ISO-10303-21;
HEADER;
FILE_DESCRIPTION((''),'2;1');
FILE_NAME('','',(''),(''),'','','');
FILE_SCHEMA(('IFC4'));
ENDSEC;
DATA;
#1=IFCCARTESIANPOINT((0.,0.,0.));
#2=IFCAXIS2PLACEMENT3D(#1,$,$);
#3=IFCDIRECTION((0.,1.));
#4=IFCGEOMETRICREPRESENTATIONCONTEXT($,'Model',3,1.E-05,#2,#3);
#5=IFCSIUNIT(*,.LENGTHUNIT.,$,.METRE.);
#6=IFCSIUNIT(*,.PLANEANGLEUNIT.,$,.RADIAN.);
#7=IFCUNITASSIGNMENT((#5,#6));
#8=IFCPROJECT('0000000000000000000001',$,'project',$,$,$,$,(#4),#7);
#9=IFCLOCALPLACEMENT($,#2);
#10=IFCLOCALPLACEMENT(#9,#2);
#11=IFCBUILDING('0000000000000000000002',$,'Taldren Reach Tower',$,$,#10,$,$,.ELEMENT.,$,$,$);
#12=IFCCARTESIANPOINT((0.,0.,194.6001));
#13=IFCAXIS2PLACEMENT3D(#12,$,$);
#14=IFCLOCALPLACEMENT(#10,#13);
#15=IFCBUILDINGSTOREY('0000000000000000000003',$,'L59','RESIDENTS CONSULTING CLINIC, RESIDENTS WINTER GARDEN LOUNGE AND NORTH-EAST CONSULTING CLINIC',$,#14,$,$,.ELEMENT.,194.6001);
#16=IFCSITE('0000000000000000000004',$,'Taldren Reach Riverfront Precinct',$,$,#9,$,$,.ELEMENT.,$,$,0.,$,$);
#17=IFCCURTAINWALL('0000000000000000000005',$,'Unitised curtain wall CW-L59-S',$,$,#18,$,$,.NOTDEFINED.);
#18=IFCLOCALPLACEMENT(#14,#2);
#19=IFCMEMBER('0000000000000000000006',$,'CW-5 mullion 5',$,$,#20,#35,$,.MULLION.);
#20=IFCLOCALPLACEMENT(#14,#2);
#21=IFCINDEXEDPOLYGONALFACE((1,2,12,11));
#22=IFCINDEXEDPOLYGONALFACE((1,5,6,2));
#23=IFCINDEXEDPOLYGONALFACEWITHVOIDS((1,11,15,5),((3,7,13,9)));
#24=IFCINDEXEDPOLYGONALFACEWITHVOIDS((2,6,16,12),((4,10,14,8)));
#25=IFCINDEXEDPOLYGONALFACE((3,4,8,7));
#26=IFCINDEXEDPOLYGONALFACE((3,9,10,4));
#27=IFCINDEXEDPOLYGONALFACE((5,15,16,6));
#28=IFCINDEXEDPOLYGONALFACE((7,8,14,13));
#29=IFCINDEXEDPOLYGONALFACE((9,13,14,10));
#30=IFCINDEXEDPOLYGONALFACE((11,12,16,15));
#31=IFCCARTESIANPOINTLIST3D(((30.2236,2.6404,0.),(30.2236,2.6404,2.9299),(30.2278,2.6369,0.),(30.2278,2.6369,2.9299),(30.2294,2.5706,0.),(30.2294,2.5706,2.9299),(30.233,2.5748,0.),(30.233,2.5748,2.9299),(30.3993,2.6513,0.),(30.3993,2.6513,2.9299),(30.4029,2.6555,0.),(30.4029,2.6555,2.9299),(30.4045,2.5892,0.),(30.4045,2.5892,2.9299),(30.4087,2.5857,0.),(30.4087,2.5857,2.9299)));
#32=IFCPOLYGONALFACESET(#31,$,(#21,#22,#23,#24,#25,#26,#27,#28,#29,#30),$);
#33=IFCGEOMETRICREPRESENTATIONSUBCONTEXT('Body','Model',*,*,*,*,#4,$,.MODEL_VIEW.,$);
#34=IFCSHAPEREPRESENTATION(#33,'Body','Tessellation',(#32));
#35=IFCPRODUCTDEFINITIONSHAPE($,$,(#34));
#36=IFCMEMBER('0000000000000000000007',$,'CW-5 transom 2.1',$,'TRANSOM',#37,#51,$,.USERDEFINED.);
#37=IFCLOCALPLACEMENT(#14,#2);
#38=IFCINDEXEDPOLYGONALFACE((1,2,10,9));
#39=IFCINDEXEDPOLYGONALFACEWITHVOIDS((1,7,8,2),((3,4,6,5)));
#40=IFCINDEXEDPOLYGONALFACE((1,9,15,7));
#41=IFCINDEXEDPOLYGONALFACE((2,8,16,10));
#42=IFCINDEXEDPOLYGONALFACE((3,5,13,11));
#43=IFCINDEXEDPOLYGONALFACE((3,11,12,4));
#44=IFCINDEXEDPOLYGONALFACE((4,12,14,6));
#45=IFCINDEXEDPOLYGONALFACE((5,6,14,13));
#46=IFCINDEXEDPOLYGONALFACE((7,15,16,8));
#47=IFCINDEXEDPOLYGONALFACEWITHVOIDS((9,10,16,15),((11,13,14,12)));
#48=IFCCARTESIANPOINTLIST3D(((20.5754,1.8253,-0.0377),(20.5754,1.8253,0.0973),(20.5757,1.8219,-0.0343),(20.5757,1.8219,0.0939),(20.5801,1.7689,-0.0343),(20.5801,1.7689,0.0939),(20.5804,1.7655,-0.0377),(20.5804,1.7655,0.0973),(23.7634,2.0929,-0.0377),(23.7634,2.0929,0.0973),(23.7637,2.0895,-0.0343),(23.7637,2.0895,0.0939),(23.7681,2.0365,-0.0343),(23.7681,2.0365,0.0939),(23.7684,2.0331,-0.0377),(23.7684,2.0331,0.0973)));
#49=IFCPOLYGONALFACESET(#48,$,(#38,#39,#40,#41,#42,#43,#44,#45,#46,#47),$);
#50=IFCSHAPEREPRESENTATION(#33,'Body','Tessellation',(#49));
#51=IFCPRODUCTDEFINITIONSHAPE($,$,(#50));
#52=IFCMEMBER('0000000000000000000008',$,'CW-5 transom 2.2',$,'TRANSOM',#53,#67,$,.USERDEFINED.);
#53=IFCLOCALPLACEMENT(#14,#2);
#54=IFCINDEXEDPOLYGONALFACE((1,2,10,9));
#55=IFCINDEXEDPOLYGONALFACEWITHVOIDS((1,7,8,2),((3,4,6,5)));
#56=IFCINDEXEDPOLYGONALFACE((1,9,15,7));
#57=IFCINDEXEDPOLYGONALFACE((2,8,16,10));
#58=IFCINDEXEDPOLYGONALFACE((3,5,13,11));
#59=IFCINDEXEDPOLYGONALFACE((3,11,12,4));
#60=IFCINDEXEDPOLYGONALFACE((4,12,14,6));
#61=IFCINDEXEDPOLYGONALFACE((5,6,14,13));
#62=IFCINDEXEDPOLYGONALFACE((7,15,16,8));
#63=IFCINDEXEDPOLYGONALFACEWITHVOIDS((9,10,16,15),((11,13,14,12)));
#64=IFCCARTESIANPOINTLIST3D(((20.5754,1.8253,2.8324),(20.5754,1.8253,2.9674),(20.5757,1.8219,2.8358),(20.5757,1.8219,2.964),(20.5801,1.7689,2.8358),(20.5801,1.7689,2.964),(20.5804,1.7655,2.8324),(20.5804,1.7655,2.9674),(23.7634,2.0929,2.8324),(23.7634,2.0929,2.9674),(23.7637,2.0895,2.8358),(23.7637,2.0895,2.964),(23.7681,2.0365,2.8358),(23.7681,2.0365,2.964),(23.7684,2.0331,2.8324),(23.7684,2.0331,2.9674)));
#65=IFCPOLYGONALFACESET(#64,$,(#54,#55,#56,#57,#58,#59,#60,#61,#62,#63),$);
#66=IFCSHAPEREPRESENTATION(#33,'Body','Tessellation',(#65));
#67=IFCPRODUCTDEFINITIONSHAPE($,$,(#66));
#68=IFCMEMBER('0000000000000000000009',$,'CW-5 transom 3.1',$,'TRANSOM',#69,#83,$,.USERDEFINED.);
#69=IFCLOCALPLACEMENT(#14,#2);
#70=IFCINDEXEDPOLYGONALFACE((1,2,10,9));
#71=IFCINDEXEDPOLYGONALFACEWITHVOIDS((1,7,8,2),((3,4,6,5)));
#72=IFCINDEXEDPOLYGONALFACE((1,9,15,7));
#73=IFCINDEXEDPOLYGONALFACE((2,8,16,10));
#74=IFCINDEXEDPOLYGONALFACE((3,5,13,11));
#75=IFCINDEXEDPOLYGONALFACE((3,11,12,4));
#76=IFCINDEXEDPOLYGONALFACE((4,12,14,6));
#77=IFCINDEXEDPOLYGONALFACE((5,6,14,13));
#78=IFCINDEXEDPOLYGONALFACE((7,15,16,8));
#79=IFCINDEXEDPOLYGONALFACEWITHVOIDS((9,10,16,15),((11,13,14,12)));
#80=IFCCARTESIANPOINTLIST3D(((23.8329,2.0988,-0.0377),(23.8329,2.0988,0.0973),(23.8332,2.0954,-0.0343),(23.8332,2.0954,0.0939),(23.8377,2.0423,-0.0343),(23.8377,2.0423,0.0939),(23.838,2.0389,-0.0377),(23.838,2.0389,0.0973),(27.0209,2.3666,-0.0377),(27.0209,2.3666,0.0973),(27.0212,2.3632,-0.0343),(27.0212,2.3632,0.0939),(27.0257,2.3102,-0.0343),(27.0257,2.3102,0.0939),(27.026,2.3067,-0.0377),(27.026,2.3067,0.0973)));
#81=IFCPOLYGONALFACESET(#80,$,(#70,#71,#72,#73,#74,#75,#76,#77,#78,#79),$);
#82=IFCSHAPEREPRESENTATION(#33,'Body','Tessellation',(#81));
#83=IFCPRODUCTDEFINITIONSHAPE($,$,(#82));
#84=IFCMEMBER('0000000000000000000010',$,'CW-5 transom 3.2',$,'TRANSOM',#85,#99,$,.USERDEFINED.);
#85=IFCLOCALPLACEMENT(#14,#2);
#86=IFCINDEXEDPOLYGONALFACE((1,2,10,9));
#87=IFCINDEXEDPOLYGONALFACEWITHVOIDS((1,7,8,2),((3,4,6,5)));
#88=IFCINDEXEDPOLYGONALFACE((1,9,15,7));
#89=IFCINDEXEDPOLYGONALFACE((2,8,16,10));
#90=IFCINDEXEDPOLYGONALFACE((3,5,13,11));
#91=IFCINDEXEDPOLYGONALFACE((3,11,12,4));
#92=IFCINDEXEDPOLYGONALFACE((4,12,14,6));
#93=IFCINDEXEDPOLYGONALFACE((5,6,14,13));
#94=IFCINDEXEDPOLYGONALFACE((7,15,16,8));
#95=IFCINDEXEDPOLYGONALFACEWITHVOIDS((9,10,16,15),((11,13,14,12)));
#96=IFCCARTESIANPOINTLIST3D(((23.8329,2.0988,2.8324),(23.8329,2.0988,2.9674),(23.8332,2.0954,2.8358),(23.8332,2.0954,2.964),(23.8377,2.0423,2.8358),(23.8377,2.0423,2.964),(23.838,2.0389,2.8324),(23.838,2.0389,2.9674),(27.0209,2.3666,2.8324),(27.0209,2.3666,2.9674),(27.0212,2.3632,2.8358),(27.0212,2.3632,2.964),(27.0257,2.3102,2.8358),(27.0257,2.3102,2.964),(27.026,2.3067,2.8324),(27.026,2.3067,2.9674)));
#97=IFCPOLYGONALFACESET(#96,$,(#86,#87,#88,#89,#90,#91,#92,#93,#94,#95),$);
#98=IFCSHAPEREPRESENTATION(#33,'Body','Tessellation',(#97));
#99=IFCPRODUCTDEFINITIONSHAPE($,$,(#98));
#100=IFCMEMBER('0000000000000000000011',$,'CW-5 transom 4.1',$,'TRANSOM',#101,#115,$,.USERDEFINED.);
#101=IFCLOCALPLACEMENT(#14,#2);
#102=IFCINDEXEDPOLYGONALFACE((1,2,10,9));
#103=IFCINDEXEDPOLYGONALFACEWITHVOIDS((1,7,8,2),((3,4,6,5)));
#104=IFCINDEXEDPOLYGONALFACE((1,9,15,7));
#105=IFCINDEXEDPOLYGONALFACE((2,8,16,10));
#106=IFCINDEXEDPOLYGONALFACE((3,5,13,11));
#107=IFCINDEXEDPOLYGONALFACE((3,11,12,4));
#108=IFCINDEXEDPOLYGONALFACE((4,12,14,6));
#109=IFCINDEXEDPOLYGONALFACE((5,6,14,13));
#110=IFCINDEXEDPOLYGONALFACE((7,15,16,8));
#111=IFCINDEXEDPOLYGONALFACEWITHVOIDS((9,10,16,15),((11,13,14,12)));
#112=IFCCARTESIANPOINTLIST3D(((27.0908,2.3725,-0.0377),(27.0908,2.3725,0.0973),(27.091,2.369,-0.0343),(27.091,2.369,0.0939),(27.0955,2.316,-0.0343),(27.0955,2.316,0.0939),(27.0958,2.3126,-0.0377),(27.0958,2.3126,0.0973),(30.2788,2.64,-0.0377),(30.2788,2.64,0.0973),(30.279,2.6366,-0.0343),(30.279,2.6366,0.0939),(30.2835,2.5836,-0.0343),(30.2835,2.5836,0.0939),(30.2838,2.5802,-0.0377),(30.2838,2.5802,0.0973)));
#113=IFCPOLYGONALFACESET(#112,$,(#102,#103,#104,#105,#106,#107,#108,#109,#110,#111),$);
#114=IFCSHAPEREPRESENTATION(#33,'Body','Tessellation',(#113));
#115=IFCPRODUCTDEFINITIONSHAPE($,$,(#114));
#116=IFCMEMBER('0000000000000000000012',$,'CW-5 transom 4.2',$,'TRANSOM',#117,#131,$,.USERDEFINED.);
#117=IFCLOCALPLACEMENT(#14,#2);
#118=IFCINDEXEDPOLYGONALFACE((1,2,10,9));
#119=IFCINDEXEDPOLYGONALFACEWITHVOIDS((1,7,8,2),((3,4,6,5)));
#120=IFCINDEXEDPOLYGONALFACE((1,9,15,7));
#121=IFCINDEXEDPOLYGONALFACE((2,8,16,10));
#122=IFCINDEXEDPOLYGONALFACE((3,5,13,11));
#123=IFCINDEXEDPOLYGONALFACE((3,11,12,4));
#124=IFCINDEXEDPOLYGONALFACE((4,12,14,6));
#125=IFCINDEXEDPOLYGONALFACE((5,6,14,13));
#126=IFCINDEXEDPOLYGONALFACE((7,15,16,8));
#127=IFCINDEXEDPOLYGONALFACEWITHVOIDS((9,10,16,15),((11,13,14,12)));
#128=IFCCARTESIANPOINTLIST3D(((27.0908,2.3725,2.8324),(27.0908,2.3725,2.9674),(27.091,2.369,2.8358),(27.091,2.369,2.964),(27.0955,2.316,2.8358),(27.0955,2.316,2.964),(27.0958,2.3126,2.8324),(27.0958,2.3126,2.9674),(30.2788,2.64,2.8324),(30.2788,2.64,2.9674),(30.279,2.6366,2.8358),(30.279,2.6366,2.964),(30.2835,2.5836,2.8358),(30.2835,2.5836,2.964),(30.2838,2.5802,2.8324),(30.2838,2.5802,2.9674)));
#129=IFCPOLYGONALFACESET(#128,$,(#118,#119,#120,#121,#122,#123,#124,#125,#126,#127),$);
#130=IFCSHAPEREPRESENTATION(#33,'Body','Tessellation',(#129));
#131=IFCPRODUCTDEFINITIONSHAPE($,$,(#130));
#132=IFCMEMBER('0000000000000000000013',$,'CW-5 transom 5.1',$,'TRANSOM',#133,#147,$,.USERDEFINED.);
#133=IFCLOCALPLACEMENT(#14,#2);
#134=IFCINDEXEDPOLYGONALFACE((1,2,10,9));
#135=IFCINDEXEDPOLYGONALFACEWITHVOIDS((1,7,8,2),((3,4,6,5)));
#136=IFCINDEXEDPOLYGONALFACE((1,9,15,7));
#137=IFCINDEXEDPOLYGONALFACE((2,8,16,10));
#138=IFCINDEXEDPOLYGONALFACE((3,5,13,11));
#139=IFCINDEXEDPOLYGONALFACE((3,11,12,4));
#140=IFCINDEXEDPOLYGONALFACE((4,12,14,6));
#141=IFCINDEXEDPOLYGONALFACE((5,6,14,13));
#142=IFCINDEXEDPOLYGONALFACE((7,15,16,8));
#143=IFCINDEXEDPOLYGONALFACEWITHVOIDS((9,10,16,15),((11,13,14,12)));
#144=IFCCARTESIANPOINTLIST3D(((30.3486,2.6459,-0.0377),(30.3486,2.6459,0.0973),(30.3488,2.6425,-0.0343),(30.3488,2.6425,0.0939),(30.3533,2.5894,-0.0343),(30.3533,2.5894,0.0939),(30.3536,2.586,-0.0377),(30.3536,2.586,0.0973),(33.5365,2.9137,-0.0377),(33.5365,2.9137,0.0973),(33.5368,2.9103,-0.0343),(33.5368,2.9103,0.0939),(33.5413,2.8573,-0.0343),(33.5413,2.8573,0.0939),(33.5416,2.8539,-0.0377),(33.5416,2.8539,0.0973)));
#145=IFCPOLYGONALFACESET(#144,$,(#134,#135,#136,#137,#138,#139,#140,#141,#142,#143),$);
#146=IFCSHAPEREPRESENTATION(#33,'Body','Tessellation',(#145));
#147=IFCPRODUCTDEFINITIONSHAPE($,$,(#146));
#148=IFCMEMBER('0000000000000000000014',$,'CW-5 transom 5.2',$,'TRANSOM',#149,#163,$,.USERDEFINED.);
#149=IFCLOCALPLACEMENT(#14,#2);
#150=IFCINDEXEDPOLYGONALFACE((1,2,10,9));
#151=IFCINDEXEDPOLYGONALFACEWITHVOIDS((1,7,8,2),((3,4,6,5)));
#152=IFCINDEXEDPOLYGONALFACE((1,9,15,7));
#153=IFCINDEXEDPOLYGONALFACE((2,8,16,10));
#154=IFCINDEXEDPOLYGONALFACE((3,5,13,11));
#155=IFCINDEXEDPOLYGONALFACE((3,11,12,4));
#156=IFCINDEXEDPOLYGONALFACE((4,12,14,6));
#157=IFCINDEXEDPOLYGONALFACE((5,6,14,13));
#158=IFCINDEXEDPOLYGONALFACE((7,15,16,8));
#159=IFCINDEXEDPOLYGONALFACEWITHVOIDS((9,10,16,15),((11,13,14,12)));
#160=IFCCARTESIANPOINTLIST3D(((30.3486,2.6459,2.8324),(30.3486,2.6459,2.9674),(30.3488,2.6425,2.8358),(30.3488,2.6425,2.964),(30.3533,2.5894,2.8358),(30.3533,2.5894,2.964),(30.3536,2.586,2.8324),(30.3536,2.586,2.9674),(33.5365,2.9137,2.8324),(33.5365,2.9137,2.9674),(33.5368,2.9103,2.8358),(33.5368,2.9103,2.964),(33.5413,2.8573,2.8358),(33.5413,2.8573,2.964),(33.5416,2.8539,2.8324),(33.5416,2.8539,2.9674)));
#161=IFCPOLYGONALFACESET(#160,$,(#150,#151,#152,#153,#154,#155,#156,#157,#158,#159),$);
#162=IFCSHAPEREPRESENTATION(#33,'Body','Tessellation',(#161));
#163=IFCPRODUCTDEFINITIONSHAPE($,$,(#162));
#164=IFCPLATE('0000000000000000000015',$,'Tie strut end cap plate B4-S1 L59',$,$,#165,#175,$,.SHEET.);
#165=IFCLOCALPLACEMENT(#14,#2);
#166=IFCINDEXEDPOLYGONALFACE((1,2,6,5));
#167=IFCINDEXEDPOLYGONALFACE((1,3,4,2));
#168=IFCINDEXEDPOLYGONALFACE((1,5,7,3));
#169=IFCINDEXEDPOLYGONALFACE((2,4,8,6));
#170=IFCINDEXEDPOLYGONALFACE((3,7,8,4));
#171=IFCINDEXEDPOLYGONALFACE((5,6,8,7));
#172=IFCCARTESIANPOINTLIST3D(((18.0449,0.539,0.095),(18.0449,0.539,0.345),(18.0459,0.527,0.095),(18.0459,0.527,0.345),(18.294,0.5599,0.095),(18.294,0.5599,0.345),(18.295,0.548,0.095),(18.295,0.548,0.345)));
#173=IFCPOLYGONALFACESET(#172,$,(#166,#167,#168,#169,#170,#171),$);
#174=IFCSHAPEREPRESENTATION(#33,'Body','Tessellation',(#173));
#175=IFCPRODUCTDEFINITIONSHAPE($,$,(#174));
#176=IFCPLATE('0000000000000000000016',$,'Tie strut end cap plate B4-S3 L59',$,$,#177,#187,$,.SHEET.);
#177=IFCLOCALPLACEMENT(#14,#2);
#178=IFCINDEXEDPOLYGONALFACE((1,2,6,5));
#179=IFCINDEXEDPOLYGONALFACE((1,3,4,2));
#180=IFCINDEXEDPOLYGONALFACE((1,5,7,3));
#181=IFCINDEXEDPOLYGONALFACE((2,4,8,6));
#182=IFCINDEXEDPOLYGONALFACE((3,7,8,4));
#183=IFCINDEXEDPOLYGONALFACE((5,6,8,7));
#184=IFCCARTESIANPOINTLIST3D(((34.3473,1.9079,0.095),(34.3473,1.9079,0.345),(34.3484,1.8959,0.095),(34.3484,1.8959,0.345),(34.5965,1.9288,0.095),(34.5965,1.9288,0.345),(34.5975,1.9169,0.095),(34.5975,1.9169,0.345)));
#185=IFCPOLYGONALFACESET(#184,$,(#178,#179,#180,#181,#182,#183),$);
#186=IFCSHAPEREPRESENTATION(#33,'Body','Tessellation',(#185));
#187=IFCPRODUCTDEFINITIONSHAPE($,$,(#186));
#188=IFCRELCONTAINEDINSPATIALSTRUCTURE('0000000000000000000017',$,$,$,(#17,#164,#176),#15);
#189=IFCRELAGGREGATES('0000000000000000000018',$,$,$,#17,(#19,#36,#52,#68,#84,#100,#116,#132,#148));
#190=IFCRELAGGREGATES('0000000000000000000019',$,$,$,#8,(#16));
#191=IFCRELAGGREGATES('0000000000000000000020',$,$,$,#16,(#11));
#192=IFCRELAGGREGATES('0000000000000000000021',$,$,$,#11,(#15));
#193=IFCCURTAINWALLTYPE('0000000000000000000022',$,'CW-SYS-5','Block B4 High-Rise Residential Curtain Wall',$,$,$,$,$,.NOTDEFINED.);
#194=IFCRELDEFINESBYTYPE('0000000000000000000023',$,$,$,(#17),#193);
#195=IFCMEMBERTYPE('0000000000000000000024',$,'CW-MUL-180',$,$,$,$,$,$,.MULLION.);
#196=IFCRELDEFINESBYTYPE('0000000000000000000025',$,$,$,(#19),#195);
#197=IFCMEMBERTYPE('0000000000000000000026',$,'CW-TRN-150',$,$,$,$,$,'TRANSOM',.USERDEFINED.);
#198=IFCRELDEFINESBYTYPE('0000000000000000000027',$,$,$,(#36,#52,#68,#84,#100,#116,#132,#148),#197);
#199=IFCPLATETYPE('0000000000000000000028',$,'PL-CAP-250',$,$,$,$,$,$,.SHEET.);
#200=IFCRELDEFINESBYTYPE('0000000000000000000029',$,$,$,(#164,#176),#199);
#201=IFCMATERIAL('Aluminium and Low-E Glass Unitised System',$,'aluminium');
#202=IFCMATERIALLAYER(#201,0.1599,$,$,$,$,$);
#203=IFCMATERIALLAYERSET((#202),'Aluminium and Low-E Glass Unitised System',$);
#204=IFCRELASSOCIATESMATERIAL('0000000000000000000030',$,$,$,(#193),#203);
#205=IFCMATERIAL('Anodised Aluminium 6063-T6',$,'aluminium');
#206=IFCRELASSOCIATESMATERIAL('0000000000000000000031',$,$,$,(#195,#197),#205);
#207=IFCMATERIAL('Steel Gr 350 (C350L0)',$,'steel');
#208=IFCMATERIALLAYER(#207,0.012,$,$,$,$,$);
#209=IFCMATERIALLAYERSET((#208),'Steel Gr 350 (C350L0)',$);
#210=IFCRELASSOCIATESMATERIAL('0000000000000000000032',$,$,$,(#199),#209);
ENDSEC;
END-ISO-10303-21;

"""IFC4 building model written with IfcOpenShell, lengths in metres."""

from ifc_helpers import new_model, si_unit, direction, frame, origin, origin_2d, place, context, subcontext, project, spatial, rectangle, hollow_rectangle, extrude, source, transform, mapped, material, layer, layer_set, material_profile, profile_set, type_object, element, aggregate, save


model = new_model("IFC4")

# Units and contexts
model_context = context("Model", 3, precision=1e-05, world=origin(), true_north=direction((0.0, 1.0)))
body_context = subcontext(model_context, "Body", "Model", "MODEL_VIEW")
ifc_project = project(units=[si_unit("LENGTHUNIT", "METRE"), si_unit("PLANEANGLEUNIT", "RADIAN")], contexts=[model_context])

# Site, building, storey
site_placement = place(None, origin())
site = spatial("IfcSite", under=ifc_project, at=site_placement, Name="Taldren Reach Riverfront Precinct", CompositionType="ELEMENT", RefElevation=0.0)
building_placement = place(site_placement, origin())
building = spatial("IfcBuilding", under=site, at=building_placement, Name="Taldren Reach Tower", CompositionType="ELEMENT")
storey_placement = place(building_placement, frame((0.0, 0.0, 194.6001)))
storey = spatial("IfcBuildingStorey", under=building, at=storey_placement, Name="L59", Description="RESIDENTS CONSULTING CLINIC, RESIDENTS WINTER GARDEN LOUNGE AND NORTH-EAST CONSULTING CLINIC", CompositionType="ELEMENT", Elevation=194.6001)

# Shared definitions
ifc_material_1 = material(Name="Steel Gr 350 (C350L0)", Category="steel")

# Curtain wall, members
ifc_material_2 = material(Name="Aluminium and Low-E Glass Unitised System", Category="aluminium")
ifc_layer_1 = layer(ifc_material_2, 0.1599)
ifc_layer_set_1 = layer_set([ifc_layer_1], Name="Aluminium and Low-E Glass Unitised System")
curtain_wall_type = type_object("IfcCurtainWallType", Name="CW-SYS-5", Description="Block B4 High-Rise Residential Curtain Wall", PredefinedType="NOTDEFINED", material=ifc_layer_set_1)
curtain_wall_placement = place(storey_placement, origin())
curtain_wall = element("IfcCurtainWall", 1, at=curtain_wall_placement, inside=storey, type_object=curtain_wall_type, Name="Unitised curtain wall CW-L59-S", PredefinedType="NOTDEFINED")
ifc_material_3 = material(Name="Anodised Aluminium 6063-T6", Category="aluminium")
ifc_material_profile_1 = material_profile(ifc_material_3, hollow_rectangle(XDim=0.0701, YDim=0.1799, WallThickness=0.0039, at=origin_2d()), Name="ALU-180x70x4RHS")
ifc_profile_set_1 = profile_set([ifc_material_profile_1], Name="Anodised Aluminium 6063-T6")
member_type_1 = type_object("IfcMemberType", Name="CW-MUL-180", PredefinedType="MULLION", material=ifc_profile_set_1)
shared_shape_1 = source(origin(), body_context, "Body", "SweptSolid", [
    extrude(hollow_rectangle(XDim=0.0701, YDim=0.1799, WallThickness=0.0039, at=origin_2d()), origin(), (0.0, 0.0, 1.0), 2.9299),
])
member_1_placement = place(storey_placement, frame((30.3162, 2.613, 0.0), z_axis=(0.0, 0.0, 1.0), x_axis=(-0.083678, 0.996493, 0.0)))
member_1 = element("IfcMember", 2, at=member_1_placement, type_object=member_type_1, Name="CW-5 mullion 5", PredefinedType="MULLION", context=body_context, shape_type="MappedRepresentation", body=[
    mapped(shared_shape_1, transform((0.0, 0.0, 0.0), scale=1.0)),
])
ifc_material_profile_2 = material_profile(ifc_material_3, hollow_rectangle(XDim=0.0601, YDim=0.135, WallThickness=0.0034, at=origin_2d()), Name="ALU-135x60x3.5RHS")
ifc_profile_set_2 = profile_set([ifc_material_profile_2], Name="Anodised Aluminium 6063-T6")
member_type_2 = type_object("IfcMemberType", Name="CW-TRN-150", ElementType="TRANSOM", PredefinedType="USERDEFINED", material=ifc_profile_set_2)
shared_shape_2 = source(origin(), body_context, "Body", "SweptSolid", [
    extrude(hollow_rectangle(XDim=0.0601, YDim=0.135, WallThickness=0.0034, at=origin_2d()), origin(), (0.0, 0.0, 1.0), 3.1992),
])
member_2_placement = place(storey_placement, frame((20.5779, 1.7954, 0.0298), z_axis=(0.996496, 0.083639, 0.0), x_axis=(-0.083639, 0.996496, 0.0)))
member_2 = element("IfcMember", 3, at=member_2_placement, type_object=member_type_2, Name="CW-5 transom 2.1", ObjectType="TRANSOM", PredefinedType="USERDEFINED", context=body_context, shape_type="MappedRepresentation", body=[
    mapped(shared_shape_2, transform((0.0, 0.0, 0.0), scale=1.0)),
])
member_3_placement = place(storey_placement, frame((20.5779, 1.7954, 2.8999), z_axis=(0.996496, 0.083639, 0.0), x_axis=(-0.083639, 0.996496, 0.0)))
member_3 = element("IfcMember", 4, at=member_3_placement, type_object=member_type_2, Name="CW-5 transom 2.2", ObjectType="TRANSOM", PredefinedType="USERDEFINED", context=body_context, shape_type="MappedRepresentation", body=[
    mapped(shared_shape_2, transform((0.0, 0.0, 0.0), scale=1.0)),
])
member_4_placement = place(storey_placement, frame((23.8354, 2.0688, 0.0298), z_axis=(0.99649, 0.083715, 0.0), x_axis=(-0.083715, 0.99649, 0.0)))
member_4 = element("IfcMember", 5, at=member_4_placement, type_object=member_type_2, Name="CW-5 transom 3.1", ObjectType="TRANSOM", PredefinedType="USERDEFINED", context=body_context, shape_type="MappedRepresentation", body=[
    mapped(shared_shape_2, transform((0.0, 0.0, 0.0), scale=1.0)),
])
member_5_placement = place(storey_placement, frame((23.8354, 2.0688, 2.8999), z_axis=(0.99649, 0.083715, 0.0), x_axis=(-0.083715, 0.99649, 0.0)))
member_5 = element("IfcMember", 6, at=member_5_placement, type_object=member_type_2, Name="CW-5 transom 3.2", ObjectType="TRANSOM", PredefinedType="USERDEFINED", context=body_context, shape_type="MappedRepresentation", body=[
    mapped(shared_shape_2, transform((0.0, 0.0, 0.0), scale=1.0)),
])
member_6_placement = place(storey_placement, frame((27.0933, 2.3425, 0.0298), z_axis=(0.996496, 0.083639, 0.0), x_axis=(-0.083639, 0.996496, 0.0)))
member_6 = element("IfcMember", 7, at=member_6_placement, type_object=member_type_2, Name="CW-5 transom 4.1", ObjectType="TRANSOM", PredefinedType="USERDEFINED", context=body_context, shape_type="MappedRepresentation", body=[
    mapped(shared_shape_2, transform((0.0, 0.0, 0.0), scale=1.0)),
])
member_7_placement = place(storey_placement, frame((27.0933, 2.3425, 2.8999), z_axis=(0.996496, 0.083639, 0.0), x_axis=(-0.083639, 0.996496, 0.0)))
member_7 = element("IfcMember", 8, at=member_7_placement, type_object=member_type_2, Name="CW-5 transom 4.2", ObjectType="TRANSOM", PredefinedType="USERDEFINED", context=body_context, shape_type="MappedRepresentation", body=[
    mapped(shared_shape_2, transform((0.0, 0.0, 0.0), scale=1.0)),
])
member_8_placement = place(storey_placement, frame((30.3511, 2.616, 0.0298), z_axis=(0.99649, 0.083715, 0.0), x_axis=(-0.083715, 0.99649, 0.0)))
member_8 = element("IfcMember", 9, at=member_8_placement, type_object=member_type_2, Name="CW-5 transom 5.1", ObjectType="TRANSOM", PredefinedType="USERDEFINED", context=body_context, shape_type="MappedRepresentation", body=[
    mapped(shared_shape_2, transform((0.0, 0.0, 0.0), scale=1.0)),
])
member_9_placement = place(storey_placement, frame((30.3511, 2.616, 2.8999), z_axis=(0.99649, 0.083715, 0.0), x_axis=(-0.083715, 0.99649, 0.0)))
member_9 = element("IfcMember", 10, at=member_9_placement, type_object=member_type_2, Name="CW-5 transom 5.2", ObjectType="TRANSOM", PredefinedType="USERDEFINED", context=body_context, shape_type="MappedRepresentation", body=[
    mapped(shared_shape_2, transform((0.0, 0.0, 0.0), scale=1.0)),
])

# Plates
ifc_layer_2 = layer(ifc_material_1, 0.012)
ifc_layer_set_2 = layer_set([ifc_layer_2], Name="Steel Gr 350 (C350L0)")
plate_type_1 = type_object("IfcPlateType", Name="PL-CAP-250", PredefinedType="SHEET", material=ifc_layer_set_2)
shared_shape_3 = source(origin(), body_context, "Body", "SweptSolid", [
    extrude(rectangle(XDim=0.25, YDim=0.012, at=origin_2d()), origin(), (0.0, 0.0, 1.0), 0.25),
])
for number, where, z_axis, x_axis, name in (
    (11, (18.1699, 0.5435, 0.095), (0.0, 0.0, 1.0), (0.996493, 0.083678, 0.0), "Tie strut end cap plate B4-S1 L59"),
    (12, (34.4724, 1.9124, 0.095), (0.0, 0.0, 1.0), (0.996493, 0.083678, 0.0), "Tie strut end cap plate B4-S3 L59"),
):
    element("IfcPlate", number, at=place(storey_placement, frame(where, z_axis=z_axis, x_axis=x_axis)), inside=storey, type_object=plate_type_1, Name=name, PredefinedType="SHEET", context=body_context, shape_type="MappedRepresentation", body=[
        mapped(shared_shape_3, transform((0.0, 0.0, 0.0), scale=1.0)),
    ])

aggregate(curtain_wall, [member_1, member_2, member_3, member_4, member_5, member_6, member_7, member_8, member_9])

save(model, "model.ifc")
